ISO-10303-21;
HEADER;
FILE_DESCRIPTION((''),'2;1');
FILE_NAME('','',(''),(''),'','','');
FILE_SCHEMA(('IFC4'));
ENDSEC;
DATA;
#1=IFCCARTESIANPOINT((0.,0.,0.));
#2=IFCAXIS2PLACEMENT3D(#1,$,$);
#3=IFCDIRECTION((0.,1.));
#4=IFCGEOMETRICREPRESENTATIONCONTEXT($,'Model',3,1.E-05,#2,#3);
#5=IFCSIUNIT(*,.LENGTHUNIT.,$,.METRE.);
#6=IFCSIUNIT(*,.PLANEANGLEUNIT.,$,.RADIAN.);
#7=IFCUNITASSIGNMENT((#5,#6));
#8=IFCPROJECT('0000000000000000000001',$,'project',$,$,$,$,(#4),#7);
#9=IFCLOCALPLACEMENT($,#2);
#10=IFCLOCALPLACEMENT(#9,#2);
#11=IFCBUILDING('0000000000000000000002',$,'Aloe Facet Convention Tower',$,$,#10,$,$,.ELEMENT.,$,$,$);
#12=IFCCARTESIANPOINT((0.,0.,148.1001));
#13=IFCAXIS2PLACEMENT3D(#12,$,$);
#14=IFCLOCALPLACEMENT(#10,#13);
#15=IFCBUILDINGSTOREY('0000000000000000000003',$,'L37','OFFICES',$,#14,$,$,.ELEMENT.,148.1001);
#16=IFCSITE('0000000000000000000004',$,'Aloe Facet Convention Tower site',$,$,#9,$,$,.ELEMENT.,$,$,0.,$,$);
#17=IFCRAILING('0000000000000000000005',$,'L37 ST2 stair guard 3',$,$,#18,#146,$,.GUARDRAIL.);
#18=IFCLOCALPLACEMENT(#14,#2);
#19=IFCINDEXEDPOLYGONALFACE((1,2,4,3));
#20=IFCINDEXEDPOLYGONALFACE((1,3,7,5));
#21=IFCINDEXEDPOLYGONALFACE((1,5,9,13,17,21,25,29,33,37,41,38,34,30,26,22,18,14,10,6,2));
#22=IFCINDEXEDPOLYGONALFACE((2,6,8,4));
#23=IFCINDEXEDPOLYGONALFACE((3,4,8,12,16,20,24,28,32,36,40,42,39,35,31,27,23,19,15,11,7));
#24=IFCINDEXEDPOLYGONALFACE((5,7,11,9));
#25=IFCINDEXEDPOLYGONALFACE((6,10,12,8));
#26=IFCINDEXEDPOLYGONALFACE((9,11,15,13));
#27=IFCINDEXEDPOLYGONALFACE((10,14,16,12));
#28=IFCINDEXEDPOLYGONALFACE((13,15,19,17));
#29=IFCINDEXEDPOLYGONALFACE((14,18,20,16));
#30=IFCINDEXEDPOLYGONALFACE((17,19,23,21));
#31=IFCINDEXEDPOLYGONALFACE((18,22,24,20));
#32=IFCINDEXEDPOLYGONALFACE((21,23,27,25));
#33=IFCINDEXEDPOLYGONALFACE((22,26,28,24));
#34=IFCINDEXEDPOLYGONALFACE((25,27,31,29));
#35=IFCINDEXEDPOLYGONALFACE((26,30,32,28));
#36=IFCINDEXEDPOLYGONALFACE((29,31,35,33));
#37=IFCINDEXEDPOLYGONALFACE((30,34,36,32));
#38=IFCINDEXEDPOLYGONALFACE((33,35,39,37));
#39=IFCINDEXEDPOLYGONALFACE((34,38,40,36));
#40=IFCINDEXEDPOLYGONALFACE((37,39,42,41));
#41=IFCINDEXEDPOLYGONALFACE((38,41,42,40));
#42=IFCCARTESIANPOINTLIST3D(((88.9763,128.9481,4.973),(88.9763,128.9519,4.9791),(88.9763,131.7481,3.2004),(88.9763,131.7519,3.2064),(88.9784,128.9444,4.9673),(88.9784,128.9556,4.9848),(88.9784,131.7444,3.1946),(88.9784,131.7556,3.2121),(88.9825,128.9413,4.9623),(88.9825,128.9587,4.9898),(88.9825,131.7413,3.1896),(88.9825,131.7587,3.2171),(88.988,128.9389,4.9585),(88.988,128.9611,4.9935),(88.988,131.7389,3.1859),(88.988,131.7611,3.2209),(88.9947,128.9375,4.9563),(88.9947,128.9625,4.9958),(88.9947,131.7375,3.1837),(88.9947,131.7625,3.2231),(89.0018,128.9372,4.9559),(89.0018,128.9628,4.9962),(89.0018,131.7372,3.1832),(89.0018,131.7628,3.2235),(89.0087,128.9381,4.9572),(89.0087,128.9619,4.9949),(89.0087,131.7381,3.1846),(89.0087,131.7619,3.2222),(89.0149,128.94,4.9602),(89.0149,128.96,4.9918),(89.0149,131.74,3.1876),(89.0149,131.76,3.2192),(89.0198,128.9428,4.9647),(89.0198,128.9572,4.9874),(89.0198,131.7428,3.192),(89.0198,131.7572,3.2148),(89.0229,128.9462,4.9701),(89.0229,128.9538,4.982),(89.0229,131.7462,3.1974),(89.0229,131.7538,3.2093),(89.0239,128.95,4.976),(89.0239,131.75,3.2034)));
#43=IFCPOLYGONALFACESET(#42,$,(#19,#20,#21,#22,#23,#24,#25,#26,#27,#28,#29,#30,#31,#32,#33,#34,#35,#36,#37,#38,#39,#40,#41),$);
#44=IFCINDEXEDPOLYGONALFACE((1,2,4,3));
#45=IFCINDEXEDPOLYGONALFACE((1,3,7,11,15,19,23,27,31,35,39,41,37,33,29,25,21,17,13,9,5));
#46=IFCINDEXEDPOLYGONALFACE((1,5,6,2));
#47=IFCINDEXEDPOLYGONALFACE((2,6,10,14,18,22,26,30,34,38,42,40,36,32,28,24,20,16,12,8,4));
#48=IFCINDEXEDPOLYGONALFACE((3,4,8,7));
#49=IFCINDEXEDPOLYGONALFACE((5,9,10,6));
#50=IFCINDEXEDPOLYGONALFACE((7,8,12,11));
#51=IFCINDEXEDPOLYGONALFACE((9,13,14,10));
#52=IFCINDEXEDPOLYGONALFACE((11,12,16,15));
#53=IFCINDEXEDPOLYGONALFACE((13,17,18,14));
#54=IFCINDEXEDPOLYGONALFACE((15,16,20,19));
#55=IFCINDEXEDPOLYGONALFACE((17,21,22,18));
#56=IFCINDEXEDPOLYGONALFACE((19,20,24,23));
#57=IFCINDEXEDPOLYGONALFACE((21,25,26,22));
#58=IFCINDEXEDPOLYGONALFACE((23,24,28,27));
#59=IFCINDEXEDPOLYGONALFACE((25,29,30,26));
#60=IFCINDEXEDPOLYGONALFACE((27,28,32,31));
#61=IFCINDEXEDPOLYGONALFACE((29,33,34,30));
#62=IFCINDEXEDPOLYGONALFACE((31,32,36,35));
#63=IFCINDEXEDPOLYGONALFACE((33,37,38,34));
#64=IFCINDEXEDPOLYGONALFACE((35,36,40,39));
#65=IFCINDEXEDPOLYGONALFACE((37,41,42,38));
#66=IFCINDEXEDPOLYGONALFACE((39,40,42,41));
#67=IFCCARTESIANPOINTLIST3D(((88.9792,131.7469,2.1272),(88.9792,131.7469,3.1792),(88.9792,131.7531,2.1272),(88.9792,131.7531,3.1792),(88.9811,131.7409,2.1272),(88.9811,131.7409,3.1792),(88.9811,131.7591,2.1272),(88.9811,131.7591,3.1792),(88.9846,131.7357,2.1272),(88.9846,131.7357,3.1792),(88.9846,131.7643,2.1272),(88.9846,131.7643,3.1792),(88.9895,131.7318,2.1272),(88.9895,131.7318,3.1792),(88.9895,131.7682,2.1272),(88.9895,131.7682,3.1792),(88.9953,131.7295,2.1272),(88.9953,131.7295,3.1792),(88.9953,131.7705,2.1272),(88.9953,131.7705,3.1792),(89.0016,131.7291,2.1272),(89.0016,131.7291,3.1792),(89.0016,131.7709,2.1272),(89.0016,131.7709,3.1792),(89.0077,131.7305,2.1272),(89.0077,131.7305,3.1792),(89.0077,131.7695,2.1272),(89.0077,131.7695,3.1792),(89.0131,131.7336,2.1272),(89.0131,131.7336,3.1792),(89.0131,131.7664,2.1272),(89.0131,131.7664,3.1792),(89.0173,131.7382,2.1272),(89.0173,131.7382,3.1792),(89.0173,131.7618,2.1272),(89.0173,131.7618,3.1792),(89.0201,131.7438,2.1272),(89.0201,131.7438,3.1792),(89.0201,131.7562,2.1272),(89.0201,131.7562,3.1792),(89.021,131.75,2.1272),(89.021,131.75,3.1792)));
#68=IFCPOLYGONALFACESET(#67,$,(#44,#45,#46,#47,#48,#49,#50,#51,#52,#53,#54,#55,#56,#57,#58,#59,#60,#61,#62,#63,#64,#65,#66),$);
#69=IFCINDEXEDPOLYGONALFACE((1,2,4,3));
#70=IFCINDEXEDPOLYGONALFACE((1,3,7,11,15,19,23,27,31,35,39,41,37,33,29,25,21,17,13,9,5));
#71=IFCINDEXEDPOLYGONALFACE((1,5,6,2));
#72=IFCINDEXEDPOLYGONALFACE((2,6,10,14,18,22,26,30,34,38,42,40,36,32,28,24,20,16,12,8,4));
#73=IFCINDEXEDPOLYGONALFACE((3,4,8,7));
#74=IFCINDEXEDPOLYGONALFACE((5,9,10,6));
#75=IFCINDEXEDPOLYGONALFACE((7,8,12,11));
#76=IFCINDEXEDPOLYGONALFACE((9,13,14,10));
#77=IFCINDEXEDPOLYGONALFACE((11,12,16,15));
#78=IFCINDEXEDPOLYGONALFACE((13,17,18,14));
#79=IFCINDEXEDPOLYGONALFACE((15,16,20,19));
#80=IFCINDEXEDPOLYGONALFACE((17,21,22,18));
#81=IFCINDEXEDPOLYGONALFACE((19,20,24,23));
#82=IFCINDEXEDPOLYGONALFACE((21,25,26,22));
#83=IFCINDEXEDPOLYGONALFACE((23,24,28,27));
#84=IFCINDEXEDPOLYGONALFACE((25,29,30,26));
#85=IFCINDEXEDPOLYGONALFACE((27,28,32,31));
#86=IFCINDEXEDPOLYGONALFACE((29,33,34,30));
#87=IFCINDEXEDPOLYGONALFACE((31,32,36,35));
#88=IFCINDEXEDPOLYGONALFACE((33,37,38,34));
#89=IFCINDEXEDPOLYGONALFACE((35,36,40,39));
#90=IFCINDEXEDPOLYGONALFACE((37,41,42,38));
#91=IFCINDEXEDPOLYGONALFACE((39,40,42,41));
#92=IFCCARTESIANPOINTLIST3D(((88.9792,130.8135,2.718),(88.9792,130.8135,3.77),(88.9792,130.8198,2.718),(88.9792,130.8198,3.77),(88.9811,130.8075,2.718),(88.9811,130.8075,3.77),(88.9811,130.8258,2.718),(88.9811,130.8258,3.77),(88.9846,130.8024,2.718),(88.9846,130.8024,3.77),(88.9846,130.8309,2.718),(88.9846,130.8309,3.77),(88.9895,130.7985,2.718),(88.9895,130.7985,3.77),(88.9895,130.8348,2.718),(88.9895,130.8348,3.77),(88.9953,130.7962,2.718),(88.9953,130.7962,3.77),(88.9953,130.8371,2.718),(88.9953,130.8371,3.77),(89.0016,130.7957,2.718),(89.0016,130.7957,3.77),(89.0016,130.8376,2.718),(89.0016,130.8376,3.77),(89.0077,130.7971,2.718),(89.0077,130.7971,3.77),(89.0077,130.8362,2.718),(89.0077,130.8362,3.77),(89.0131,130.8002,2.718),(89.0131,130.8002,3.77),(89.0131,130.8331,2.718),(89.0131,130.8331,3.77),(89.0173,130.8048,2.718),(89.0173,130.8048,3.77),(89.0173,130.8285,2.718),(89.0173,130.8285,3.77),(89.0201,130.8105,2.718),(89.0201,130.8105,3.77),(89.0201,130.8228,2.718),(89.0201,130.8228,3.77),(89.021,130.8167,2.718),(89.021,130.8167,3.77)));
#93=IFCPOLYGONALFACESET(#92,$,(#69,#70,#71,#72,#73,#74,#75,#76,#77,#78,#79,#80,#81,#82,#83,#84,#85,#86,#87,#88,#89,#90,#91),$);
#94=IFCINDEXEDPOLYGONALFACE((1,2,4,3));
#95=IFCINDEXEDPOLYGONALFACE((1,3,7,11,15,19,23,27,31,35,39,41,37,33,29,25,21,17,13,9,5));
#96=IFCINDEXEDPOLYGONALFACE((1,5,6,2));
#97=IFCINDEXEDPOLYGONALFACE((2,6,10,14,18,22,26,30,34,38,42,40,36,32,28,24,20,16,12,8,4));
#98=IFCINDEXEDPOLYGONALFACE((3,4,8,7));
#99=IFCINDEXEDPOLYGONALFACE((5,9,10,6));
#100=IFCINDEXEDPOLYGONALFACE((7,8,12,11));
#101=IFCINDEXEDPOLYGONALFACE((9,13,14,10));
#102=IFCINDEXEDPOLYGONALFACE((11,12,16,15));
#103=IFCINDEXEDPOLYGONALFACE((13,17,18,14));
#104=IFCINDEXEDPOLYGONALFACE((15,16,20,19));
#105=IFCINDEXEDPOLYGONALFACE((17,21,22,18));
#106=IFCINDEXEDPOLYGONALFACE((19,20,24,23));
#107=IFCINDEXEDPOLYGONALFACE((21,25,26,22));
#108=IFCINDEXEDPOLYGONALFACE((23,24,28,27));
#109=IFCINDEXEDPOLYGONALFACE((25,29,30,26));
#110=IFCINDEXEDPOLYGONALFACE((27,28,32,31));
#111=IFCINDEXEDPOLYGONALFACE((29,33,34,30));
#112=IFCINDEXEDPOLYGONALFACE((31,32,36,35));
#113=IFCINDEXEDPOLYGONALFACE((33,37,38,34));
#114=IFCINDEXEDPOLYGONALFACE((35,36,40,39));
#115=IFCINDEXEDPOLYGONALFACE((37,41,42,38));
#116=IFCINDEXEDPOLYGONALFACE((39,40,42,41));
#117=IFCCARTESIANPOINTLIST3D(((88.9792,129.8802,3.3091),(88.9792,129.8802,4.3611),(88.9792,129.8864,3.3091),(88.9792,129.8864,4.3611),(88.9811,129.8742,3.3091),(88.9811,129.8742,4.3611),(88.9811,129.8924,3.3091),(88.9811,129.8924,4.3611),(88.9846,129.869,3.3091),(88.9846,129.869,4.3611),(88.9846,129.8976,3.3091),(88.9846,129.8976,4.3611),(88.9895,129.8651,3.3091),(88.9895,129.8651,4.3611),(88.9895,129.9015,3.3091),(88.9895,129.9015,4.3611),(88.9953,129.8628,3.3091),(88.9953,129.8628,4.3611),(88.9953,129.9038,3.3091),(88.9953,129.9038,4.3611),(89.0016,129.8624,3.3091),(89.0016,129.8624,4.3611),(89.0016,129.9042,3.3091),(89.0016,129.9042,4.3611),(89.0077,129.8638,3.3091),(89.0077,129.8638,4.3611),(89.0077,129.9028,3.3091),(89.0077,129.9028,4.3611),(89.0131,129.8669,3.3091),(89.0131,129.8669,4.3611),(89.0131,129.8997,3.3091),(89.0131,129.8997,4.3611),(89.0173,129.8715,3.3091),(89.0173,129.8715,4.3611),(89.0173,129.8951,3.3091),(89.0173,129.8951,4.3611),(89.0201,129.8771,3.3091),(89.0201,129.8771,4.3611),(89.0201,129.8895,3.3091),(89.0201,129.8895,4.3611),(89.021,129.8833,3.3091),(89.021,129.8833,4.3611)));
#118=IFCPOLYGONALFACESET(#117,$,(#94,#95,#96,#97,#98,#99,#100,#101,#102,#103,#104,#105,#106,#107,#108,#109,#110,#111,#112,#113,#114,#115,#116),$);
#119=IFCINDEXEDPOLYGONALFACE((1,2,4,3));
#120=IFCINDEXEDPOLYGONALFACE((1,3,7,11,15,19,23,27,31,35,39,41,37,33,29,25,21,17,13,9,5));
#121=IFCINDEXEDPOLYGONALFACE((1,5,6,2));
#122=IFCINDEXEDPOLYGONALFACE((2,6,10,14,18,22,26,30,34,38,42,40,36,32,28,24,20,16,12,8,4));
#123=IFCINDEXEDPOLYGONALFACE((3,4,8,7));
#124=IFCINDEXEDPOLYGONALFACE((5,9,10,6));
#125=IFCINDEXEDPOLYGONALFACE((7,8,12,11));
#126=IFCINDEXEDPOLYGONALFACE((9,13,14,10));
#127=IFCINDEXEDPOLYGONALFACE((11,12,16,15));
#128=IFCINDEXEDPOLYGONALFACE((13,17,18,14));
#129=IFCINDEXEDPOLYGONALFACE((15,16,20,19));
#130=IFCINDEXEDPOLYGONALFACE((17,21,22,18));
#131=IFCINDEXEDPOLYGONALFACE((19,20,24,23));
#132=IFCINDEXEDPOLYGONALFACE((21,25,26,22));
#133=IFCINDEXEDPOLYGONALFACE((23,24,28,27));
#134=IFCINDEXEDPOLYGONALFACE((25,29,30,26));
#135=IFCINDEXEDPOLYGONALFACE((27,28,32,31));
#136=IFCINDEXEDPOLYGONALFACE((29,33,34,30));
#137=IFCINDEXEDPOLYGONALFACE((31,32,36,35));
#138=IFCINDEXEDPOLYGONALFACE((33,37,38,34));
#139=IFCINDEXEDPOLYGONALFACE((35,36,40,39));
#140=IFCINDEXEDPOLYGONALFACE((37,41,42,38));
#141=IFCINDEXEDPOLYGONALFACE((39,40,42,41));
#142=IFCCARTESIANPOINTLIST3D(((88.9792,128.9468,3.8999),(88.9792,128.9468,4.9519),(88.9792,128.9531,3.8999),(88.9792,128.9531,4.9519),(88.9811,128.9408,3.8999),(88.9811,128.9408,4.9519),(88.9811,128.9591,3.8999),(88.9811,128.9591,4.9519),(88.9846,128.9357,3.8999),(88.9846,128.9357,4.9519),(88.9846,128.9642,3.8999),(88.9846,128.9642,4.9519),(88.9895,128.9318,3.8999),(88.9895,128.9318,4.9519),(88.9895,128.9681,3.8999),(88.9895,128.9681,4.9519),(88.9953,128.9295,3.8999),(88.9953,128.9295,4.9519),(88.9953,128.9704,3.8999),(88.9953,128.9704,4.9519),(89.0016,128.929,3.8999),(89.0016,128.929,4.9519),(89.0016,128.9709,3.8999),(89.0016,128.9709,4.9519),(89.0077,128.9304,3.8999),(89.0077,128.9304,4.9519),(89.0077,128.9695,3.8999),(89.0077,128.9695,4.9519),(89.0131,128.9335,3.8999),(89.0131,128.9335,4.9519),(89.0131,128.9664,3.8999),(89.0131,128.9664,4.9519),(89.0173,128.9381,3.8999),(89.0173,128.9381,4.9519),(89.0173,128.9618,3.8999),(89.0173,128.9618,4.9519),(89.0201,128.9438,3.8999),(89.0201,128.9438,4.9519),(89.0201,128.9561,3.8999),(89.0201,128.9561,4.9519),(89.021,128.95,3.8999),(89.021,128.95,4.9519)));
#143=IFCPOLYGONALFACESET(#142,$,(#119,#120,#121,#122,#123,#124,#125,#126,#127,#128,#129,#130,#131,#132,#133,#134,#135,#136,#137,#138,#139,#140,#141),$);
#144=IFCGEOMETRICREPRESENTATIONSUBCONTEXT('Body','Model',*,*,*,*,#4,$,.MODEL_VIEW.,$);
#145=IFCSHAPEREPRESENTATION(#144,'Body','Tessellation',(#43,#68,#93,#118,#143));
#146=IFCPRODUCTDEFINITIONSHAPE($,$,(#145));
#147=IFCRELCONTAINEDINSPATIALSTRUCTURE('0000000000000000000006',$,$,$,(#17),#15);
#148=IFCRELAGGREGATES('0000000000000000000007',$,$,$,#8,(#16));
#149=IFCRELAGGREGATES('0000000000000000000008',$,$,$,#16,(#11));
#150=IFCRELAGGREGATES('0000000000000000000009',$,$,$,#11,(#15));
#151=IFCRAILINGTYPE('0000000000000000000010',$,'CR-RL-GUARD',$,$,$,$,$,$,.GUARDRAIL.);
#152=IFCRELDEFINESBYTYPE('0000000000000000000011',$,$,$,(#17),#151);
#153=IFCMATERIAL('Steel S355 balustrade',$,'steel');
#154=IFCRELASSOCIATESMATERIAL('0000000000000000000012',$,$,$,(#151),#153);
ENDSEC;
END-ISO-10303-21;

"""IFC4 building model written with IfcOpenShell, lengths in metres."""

from ifc_helpers import new_model, si_unit, direction, frame, origin, origin_2d, place, context, subcontext, project, spatial, circle, extrude, material, type_object, element, save


model = new_model("IFC4")

# Units and contexts
model_context = context("Model", 3, precision=1e-05, world=origin(), true_north=direction((0.0, 1.0)))
body_context = subcontext(model_context, "Body", "Model", "MODEL_VIEW")
ifc_project = project(units=[si_unit("LENGTHUNIT", "METRE"), si_unit("PLANEANGLEUNIT", "RADIAN")], contexts=[model_context])

# Site, building, storey
site_placement = place(None, origin())
site = spatial("IfcSite", under=ifc_project, at=site_placement, Name="Aloe Facet Convention Tower site", CompositionType="ELEMENT", RefElevation=0.0)
building_placement = place(site_placement, origin())
building = spatial("IfcBuilding", under=site, at=building_placement, Name="Aloe Facet Convention Tower", CompositionType="ELEMENT")
storey_placement = place(building_placement, frame((0.0, 0.0, 148.1001)))
storey = spatial("IfcBuildingStorey", under=building, at=storey_placement, Name="L37", Description="OFFICES", CompositionType="ELEMENT", Elevation=148.1001)

# Railing
ifc_material_1 = material(Name="Steel S355 balustrade", Category="steel")
railing_type_1 = type_object("IfcRailingType", Name="CR-RL-GUARD", PredefinedType="GUARDRAIL", material=ifc_material_1)
railing_1_placement = place(storey_placement, frame((89.0, 131.75, 2.1272)))
element("IfcRailing", 1, at=railing_1_placement, inside=storey, type_object=railing_type_1, Name="L37 ST2 stair guard 3", PredefinedType="GUARDRAIL", context=body_context, shape_type="SweptSolid", body=[
    extrude(circle(Radius=0.0239, at=origin_2d()), frame((0.0, 0.0, 1.0762), z_axis=(0.0, -0.844909, 0.53491), x_axis=(1.0, 0.0, 0.0)), (0.0, 0.0, 1.0), 3.314),
    extrude(circle(Radius=0.021, at=origin_2d()), origin(), (0.0, 0.0, 1.0), 1.052),
    extrude(circle(Radius=0.021, at=origin_2d()), frame((0.0, -0.9333, 0.5908)), (0.0, 0.0, 1.0), 1.052),
    extrude(circle(Radius=0.021, at=origin_2d()), frame((0.0, -1.8667, 1.1819)), (0.0, 0.0, 1.0), 1.052),
    extrude(circle(Radius=0.021, at=origin_2d()), frame((0.0, -2.8, 1.7727)), (0.0, 0.0, 1.0), 1.052),
])

save(model, "model.ifc")
